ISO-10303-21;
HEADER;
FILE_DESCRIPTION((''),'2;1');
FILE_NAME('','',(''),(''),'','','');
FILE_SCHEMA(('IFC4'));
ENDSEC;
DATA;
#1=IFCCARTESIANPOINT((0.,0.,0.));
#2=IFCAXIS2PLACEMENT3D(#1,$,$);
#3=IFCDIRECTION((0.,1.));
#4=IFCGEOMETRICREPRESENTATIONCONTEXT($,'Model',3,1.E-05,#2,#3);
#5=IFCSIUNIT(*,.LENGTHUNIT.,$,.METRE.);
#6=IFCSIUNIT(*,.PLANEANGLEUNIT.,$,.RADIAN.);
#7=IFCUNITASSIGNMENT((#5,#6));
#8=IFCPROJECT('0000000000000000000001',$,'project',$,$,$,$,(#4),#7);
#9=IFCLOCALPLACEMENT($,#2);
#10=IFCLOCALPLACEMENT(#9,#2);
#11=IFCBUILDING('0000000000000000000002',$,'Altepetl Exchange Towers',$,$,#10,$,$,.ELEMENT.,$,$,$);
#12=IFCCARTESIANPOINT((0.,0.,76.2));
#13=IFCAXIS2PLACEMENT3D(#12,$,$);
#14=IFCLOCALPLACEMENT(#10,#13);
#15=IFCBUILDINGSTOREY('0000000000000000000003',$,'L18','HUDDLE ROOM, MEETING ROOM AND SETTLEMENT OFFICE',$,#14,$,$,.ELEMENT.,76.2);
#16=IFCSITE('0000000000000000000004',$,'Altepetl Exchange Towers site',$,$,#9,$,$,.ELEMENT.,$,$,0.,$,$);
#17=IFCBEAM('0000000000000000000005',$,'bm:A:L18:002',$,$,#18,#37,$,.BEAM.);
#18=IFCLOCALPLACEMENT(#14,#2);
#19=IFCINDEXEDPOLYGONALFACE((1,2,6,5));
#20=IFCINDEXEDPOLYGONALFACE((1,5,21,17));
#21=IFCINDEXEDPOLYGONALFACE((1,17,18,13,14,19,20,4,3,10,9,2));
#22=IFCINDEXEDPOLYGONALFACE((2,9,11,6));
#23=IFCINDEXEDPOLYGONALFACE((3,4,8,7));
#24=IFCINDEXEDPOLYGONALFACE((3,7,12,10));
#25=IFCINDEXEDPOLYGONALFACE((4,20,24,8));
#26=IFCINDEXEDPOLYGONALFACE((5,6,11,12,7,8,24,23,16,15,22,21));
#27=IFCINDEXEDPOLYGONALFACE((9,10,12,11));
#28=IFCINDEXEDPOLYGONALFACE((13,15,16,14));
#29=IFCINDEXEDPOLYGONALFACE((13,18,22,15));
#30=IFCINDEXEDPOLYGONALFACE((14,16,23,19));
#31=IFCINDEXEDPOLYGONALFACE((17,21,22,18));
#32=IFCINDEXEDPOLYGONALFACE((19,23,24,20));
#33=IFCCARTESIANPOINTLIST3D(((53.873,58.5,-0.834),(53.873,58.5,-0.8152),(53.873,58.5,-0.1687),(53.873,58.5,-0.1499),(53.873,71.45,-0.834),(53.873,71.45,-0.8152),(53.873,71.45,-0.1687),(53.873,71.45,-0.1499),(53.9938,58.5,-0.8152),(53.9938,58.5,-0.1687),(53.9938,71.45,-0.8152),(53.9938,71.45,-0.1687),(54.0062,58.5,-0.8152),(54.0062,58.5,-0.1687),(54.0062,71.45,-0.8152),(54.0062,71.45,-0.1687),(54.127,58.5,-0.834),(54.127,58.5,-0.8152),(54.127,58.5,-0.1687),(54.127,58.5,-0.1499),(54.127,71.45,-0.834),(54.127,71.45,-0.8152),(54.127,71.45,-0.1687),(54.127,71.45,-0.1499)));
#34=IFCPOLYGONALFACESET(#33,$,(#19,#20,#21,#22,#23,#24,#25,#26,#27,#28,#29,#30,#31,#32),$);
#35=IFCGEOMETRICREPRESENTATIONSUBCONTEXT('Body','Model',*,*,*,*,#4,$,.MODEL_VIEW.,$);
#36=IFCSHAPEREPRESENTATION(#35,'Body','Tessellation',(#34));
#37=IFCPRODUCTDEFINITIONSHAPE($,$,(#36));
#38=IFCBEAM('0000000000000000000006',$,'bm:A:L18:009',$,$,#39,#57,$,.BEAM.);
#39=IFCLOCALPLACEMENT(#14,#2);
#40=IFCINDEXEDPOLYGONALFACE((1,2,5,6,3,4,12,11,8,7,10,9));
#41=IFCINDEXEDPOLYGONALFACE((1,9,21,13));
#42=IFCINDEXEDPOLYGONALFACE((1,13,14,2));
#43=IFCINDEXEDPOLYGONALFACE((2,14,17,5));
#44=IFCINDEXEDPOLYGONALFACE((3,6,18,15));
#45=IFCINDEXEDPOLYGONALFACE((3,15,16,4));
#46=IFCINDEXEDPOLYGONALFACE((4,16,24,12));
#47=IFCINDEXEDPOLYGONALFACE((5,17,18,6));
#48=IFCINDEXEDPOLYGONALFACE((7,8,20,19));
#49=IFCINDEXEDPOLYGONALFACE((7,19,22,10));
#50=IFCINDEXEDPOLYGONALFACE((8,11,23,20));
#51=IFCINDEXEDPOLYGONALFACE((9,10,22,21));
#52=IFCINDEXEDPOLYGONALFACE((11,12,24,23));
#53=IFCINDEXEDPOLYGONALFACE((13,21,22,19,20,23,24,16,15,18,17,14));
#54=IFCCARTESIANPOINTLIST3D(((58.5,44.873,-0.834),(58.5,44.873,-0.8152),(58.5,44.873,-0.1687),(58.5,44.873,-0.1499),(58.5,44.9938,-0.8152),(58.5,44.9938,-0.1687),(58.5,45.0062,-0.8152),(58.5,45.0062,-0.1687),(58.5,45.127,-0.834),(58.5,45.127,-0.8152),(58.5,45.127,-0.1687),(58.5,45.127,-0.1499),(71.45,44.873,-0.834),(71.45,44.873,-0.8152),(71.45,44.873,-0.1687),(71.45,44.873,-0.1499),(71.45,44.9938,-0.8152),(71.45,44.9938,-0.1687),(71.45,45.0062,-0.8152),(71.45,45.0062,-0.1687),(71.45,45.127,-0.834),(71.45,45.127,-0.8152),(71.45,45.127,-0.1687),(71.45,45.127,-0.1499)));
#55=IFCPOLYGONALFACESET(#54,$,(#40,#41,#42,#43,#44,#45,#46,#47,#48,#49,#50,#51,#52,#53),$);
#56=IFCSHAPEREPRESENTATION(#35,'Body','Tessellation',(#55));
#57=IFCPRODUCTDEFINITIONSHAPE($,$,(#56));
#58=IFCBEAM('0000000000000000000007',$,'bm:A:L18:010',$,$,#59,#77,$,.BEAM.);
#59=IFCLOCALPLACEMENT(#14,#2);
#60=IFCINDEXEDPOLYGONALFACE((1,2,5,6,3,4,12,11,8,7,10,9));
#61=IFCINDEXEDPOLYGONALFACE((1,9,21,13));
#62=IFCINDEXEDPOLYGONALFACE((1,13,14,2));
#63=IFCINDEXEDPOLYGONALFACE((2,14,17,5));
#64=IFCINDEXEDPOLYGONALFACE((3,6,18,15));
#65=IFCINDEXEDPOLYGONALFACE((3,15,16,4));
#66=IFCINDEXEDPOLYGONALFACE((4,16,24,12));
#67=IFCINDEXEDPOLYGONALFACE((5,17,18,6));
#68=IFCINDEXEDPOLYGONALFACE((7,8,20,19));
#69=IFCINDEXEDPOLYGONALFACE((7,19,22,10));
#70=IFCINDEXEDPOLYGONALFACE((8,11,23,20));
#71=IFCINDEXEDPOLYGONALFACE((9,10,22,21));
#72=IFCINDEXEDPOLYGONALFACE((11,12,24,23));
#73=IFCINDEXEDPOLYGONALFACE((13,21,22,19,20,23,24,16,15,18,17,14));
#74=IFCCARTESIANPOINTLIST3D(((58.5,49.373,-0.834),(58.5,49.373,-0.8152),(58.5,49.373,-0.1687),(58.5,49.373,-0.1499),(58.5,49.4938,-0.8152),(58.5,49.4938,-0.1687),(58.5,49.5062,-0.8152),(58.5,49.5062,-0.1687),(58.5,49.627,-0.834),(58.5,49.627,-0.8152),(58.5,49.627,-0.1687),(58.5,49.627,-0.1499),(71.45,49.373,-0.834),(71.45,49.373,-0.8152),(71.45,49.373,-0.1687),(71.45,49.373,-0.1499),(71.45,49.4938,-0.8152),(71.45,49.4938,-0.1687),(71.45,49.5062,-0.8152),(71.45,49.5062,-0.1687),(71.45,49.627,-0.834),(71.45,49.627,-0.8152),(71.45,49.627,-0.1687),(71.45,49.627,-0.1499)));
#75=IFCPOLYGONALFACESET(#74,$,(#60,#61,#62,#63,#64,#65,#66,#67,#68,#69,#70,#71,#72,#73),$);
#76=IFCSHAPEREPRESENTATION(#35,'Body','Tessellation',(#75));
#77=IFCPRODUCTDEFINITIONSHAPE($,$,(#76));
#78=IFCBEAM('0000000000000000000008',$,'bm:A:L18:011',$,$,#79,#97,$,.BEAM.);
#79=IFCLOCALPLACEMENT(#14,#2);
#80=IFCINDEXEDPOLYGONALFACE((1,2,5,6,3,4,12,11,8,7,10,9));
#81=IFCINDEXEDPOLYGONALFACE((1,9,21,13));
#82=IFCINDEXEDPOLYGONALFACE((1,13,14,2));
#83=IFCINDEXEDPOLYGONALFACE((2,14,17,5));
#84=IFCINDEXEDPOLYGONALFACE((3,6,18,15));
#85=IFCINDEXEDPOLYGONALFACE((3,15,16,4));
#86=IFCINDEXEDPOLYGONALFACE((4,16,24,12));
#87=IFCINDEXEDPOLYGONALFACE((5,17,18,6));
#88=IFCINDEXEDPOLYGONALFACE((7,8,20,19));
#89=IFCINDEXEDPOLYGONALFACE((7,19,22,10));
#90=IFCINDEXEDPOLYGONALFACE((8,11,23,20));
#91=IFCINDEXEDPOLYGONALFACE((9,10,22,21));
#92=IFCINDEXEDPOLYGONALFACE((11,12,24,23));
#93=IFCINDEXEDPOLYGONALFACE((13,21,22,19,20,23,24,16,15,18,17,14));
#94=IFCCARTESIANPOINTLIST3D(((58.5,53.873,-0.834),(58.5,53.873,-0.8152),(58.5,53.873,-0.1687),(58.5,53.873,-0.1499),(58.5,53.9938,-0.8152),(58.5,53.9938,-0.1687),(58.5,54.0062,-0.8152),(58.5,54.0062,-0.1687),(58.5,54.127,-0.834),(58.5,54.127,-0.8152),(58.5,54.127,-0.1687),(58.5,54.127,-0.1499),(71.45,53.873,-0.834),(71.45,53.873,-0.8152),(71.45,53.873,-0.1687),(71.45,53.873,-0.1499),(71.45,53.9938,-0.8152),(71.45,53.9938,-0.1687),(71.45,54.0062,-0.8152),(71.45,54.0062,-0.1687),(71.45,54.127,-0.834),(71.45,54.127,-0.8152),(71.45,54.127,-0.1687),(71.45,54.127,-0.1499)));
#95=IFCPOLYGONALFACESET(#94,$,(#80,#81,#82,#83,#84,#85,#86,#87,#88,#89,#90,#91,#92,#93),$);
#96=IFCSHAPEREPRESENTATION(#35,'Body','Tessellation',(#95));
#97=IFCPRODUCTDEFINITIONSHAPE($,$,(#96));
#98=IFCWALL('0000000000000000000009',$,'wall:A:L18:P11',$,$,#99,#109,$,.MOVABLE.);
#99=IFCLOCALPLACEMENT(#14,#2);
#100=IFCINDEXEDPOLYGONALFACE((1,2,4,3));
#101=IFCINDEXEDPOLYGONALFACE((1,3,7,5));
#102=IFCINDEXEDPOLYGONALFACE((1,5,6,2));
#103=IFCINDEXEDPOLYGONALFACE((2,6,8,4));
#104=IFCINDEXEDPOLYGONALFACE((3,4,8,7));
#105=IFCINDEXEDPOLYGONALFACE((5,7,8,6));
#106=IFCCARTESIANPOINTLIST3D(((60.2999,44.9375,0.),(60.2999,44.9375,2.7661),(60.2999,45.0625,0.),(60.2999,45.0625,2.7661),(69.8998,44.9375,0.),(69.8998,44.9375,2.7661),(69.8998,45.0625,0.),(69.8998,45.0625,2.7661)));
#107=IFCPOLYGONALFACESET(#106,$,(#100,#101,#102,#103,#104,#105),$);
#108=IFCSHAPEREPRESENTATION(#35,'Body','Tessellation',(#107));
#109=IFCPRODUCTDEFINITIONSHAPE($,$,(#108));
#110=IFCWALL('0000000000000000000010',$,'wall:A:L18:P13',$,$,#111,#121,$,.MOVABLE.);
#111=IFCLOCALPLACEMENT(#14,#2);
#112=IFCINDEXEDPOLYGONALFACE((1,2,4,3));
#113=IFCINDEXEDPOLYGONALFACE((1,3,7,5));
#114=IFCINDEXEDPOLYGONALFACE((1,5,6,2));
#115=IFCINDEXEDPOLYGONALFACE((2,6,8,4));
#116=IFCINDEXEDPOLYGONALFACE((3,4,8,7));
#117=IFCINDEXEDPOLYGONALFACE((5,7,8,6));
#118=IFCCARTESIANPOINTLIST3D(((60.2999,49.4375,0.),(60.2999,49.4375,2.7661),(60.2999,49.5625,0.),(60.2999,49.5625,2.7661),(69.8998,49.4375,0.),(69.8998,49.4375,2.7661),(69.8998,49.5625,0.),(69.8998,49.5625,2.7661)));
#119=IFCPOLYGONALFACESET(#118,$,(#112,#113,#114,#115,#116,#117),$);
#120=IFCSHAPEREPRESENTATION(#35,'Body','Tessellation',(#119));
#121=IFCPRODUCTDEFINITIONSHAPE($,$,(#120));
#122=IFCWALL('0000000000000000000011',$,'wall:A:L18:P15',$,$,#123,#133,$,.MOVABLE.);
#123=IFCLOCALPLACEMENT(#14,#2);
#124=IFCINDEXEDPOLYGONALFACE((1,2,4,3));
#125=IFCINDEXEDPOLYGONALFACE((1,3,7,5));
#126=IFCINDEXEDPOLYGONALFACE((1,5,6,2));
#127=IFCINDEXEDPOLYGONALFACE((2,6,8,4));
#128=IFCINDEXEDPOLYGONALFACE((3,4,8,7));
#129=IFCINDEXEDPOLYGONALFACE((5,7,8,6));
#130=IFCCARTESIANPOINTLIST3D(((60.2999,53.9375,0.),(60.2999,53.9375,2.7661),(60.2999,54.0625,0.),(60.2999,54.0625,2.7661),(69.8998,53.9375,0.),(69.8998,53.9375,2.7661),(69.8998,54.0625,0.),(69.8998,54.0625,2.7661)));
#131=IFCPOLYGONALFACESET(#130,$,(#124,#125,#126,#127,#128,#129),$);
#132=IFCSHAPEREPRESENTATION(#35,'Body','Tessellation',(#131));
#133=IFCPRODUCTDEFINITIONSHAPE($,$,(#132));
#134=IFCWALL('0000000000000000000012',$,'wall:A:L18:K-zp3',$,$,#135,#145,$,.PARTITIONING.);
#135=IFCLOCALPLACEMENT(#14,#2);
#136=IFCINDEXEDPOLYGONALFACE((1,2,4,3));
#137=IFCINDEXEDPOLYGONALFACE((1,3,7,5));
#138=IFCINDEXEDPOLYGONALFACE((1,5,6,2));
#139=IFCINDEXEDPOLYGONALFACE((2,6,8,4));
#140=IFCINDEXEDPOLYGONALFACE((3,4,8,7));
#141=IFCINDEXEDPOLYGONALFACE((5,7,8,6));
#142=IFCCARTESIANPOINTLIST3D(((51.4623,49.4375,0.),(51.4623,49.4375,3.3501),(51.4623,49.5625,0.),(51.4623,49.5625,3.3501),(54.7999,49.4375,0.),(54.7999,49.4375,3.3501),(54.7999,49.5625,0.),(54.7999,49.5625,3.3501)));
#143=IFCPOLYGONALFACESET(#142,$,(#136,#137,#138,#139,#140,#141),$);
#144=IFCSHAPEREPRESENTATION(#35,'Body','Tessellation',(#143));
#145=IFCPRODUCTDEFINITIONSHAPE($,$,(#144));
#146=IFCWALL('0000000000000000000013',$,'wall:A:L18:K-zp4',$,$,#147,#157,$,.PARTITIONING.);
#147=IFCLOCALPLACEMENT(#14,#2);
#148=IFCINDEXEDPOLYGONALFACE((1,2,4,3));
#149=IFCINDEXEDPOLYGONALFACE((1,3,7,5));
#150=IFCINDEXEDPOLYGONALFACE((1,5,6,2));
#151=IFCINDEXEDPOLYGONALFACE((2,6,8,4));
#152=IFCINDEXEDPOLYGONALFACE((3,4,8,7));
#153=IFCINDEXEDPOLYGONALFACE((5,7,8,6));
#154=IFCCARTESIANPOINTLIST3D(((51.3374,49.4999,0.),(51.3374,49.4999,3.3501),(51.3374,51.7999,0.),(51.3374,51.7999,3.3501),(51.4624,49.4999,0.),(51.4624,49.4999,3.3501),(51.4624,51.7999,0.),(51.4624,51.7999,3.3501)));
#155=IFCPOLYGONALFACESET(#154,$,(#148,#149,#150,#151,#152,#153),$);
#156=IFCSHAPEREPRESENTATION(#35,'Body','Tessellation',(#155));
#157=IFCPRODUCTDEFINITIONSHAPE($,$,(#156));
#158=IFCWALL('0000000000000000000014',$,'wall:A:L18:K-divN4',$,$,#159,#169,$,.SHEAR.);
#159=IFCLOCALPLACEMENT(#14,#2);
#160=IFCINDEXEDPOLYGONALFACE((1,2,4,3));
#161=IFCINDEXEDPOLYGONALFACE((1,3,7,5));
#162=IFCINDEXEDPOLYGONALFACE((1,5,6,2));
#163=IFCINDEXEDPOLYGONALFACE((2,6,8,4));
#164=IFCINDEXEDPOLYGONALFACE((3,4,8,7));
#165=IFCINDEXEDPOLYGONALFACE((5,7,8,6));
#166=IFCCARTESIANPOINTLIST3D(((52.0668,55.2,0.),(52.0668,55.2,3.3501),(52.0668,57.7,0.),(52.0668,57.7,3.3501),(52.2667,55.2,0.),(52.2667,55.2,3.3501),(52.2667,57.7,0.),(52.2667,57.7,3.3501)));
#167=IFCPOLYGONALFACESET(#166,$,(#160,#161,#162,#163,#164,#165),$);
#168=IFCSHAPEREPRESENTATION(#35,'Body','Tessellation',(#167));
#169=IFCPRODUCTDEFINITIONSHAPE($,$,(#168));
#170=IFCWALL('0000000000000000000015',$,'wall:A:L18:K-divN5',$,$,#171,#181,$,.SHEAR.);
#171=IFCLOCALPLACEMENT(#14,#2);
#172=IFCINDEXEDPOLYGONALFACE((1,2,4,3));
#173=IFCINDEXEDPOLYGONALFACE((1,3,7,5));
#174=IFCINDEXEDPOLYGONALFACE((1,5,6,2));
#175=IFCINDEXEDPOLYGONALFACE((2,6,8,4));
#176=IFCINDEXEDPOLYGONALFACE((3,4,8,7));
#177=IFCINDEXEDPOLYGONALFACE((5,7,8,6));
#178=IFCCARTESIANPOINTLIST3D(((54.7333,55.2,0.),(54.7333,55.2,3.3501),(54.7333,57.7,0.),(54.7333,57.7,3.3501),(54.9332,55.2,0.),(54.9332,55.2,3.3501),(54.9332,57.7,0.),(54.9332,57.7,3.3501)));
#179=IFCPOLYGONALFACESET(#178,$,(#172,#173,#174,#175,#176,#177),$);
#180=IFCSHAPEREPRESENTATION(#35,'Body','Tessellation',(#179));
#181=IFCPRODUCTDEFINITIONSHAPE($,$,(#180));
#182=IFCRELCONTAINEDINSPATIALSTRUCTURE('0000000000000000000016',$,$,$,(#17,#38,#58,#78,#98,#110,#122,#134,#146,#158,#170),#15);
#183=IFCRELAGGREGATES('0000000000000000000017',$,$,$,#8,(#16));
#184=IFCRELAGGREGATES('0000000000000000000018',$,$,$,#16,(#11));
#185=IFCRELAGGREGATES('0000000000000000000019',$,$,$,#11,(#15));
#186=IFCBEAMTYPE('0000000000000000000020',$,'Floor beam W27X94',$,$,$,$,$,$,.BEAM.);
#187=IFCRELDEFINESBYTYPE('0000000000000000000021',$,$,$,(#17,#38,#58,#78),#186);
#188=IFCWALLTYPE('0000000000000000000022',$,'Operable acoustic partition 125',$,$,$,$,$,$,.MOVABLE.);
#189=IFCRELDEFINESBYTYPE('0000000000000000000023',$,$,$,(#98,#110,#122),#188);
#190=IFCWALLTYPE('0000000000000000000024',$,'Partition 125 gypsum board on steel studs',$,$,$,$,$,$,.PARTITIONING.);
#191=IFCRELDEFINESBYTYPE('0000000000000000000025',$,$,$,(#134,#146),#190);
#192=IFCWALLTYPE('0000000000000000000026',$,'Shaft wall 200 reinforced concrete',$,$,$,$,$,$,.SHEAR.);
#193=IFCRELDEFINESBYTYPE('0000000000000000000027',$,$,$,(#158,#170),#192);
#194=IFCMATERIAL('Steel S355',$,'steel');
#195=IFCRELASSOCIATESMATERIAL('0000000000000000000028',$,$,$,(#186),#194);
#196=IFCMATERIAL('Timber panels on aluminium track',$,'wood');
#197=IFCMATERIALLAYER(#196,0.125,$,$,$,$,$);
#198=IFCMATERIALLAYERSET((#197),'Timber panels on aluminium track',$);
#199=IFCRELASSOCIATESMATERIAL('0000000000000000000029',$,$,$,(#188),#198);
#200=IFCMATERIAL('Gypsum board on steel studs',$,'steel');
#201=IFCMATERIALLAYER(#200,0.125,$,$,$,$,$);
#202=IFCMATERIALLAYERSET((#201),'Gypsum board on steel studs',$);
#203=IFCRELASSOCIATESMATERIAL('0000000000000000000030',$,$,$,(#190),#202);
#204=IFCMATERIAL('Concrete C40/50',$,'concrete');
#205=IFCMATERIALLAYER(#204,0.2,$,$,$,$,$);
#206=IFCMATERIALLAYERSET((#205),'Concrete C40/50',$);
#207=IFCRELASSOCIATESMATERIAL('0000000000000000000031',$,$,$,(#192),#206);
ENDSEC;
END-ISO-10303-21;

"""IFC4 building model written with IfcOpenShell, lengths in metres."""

from ifc_helpers import new_model, si_unit, direction, frame, frame_2d, origin, origin_2d, place, context, subcontext, project, spatial, rectangle, i_section, extrude, material, layer, layer_set, material_profile, profile_set, type_object, element, save


model = new_model("IFC4")

# Units and contexts
model_context = context("Model", 3, precision=1e-05, world=origin(), true_north=direction((0.0, 1.0)))
body_context = subcontext(model_context, "Body", "Model", "MODEL_VIEW")
ifc_project = project(units=[si_unit("LENGTHUNIT", "METRE"), si_unit("PLANEANGLEUNIT", "RADIAN")], contexts=[model_context])

# Site, building, storey
site_placement = place(None, origin())
site = spatial("IfcSite", under=ifc_project, at=site_placement, Name="Altepetl Exchange Towers site", CompositionType="ELEMENT", RefElevation=0.0)
building_placement = place(site_placement, origin())
building = spatial("IfcBuilding", under=site, at=building_placement, Name="Altepetl Exchange Towers", CompositionType="ELEMENT")
storey_placement = place(building_placement, frame((0.0, 0.0, 76.2)))
storey = spatial("IfcBuildingStorey", under=building, at=storey_placement, Name="L18", Description="HUDDLE ROOM, MEETING ROOM AND SETTLEMENT OFFICE", CompositionType="ELEMENT", Elevation=76.2)

# Beams
ifc_material_1 = material(Name="Steel S355", Category="steel")
ifc_material_profile = material_profile(ifc_material_1, i_section(OverallWidth=0.2539, OverallDepth=0.6841, WebThickness=0.0125, FlangeThickness=0.0188, at=origin_2d()), Name="W27X94")
ifc_profile_set = profile_set([ifc_material_profile], Name="Steel S355")
beam_type = type_object("IfcBeamType", Name="Floor beam W27X94", PredefinedType="BEAM", material=ifc_profile_set)
for number, where, z_axis, x_axis, name in (
    (1, (54.0, 58.5, -0.4919), (0.0, 1.0, 0.0), (-1.0, 0.0, 0.0), "bm:A:L18:002"),
    (2, (58.5, 45.0, -0.4919), (1.0, 0.0, 0.0), (0.0, 1.0, 0.0), "bm:A:L18:009"),
    (3, (58.5, 49.5, -0.4919), (1.0, 0.0, 0.0), (0.0, 1.0, 0.0), "bm:A:L18:010"),
    (4, (58.5, 54.0, -0.4919), (1.0, 0.0, 0.0), (0.0, 1.0, 0.0), "bm:A:L18:011"),
):
    element("IfcBeam", number, at=place(storey_placement, frame(where, z_axis=z_axis, x_axis=x_axis)), inside=storey, type_object=beam_type, Name=name, PredefinedType="BEAM", context=body_context, shape_type="SweptSolid", body=[
        extrude(i_section(OverallWidth=0.2539, OverallDepth=0.6841, WebThickness=0.0125, FlangeThickness=0.0188, at=origin_2d()), origin(), (0.0, 0.0, 1.0), 12.95),
    ])

# Walls
ifc_material_2 = material(Name="Timber panels on aluminium track", Category="wood")
ifc_layer_1 = layer(ifc_material_2, 0.125)
ifc_layer_set_1 = layer_set([ifc_layer_1], Name="Timber panels on aluminium track")
wall_type_1 = type_object("IfcWallType", Name="Operable acoustic partition 125", PredefinedType="MOVABLE", material=ifc_layer_set_1)
for number, where, name in (
    (5, (60.3, 45.0, 0.0), "wall:A:L18:P11"),
    (6, (60.3, 49.5, 0.0), "wall:A:L18:P13"),
    (7, (60.3, 54.0, 0.0), "wall:A:L18:P15"),
):
    element("IfcWall", number, at=place(storey_placement, frame(where)), inside=storey, type_object=wall_type_1, Name=name, PredefinedType="MOVABLE", context=body_context, shape_type="SweptSolid", body=[
        extrude(rectangle(XDim=9.5999, YDim=0.125, at=frame_2d((4.7998, 0.0))), origin(), (0.0, 0.0, 1.0), 2.7661),
    ])
ifc_material_3 = material(Name="Gypsum board on steel studs", Category="steel")
ifc_layer_2 = layer(ifc_material_3, 0.125)
ifc_layer_set_2 = layer_set([ifc_layer_2], Name="Gypsum board on steel studs")
wall_type_2 = type_object("IfcWallType", Name="Partition 125 gypsum board on steel studs", PredefinedType="PARTITIONING", material=ifc_layer_set_2)
wall_1_placement = place(storey_placement, frame((54.8, 49.5, 0.0), z_axis=(0.0, 0.0, 1.0), x_axis=(-1.0, 0.0, 0.0)))
element("IfcWall", 8, at=wall_1_placement, inside=storey, type_object=wall_type_2, Name="wall:A:L18:K-zp3", PredefinedType="PARTITIONING", context=body_context, shape_type="SweptSolid", body=[
    extrude(rectangle(XDim=3.3376, YDim=0.125, at=frame_2d((1.6689, 0.0))), origin(), (0.0, 0.0, 1.0), 3.3501),
])
wall_2_placement = place(storey_placement, frame((51.3999, 49.5, 0.0), z_axis=(0.0, 0.0, 1.0), x_axis=(0.0, 1.0, 0.0)))
element("IfcWall", 9, at=wall_2_placement, inside=storey, type_object=wall_type_2, Name="wall:A:L18:K-zp4", PredefinedType="PARTITIONING", context=body_context, shape_type="SweptSolid", body=[
    extrude(rectangle(XDim=2.3, YDim=0.125, at=frame_2d((1.1499, 0.0))), origin(), (0.0, 0.0, 1.0), 3.3501),
])
ifc_material_4 = material(Name="Concrete C40/50", Category="concrete")
ifc_layer_3 = layer(ifc_material_4, 0.2)
ifc_layer_set_3 = layer_set([ifc_layer_3], Name="Concrete C40/50")
wall_type_3 = type_object("IfcWallType", Name="Shaft wall 200 reinforced concrete", PredefinedType="SHEAR", material=ifc_layer_set_3)
for number, where, z_axis, x_axis, name in (
    (10, (52.1667, 57.7, 0.0), (0.0, 0.0, 1.0), (0.0, -1.0, 0.0), "wall:A:L18:K-divN4"),
    (11, (54.8333, 57.7, 0.0), (0.0, 0.0, 1.0), (0.0, -1.0, 0.0), "wall:A:L18:K-divN5"),
):
    element("IfcWall", number, at=place(storey_placement, frame(where, z_axis=z_axis, x_axis=x_axis)), inside=storey, type_object=wall_type_3, Name=name, PredefinedType="SHEAR", context=body_context, shape_type="SweptSolid", body=[
        extrude(rectangle(XDim=2.5, YDim=0.2, at=frame_2d((1.25, 0.0))), origin(), (0.0, 0.0, 1.0), 3.3501),
    ])

save(model, "model.ifc")
